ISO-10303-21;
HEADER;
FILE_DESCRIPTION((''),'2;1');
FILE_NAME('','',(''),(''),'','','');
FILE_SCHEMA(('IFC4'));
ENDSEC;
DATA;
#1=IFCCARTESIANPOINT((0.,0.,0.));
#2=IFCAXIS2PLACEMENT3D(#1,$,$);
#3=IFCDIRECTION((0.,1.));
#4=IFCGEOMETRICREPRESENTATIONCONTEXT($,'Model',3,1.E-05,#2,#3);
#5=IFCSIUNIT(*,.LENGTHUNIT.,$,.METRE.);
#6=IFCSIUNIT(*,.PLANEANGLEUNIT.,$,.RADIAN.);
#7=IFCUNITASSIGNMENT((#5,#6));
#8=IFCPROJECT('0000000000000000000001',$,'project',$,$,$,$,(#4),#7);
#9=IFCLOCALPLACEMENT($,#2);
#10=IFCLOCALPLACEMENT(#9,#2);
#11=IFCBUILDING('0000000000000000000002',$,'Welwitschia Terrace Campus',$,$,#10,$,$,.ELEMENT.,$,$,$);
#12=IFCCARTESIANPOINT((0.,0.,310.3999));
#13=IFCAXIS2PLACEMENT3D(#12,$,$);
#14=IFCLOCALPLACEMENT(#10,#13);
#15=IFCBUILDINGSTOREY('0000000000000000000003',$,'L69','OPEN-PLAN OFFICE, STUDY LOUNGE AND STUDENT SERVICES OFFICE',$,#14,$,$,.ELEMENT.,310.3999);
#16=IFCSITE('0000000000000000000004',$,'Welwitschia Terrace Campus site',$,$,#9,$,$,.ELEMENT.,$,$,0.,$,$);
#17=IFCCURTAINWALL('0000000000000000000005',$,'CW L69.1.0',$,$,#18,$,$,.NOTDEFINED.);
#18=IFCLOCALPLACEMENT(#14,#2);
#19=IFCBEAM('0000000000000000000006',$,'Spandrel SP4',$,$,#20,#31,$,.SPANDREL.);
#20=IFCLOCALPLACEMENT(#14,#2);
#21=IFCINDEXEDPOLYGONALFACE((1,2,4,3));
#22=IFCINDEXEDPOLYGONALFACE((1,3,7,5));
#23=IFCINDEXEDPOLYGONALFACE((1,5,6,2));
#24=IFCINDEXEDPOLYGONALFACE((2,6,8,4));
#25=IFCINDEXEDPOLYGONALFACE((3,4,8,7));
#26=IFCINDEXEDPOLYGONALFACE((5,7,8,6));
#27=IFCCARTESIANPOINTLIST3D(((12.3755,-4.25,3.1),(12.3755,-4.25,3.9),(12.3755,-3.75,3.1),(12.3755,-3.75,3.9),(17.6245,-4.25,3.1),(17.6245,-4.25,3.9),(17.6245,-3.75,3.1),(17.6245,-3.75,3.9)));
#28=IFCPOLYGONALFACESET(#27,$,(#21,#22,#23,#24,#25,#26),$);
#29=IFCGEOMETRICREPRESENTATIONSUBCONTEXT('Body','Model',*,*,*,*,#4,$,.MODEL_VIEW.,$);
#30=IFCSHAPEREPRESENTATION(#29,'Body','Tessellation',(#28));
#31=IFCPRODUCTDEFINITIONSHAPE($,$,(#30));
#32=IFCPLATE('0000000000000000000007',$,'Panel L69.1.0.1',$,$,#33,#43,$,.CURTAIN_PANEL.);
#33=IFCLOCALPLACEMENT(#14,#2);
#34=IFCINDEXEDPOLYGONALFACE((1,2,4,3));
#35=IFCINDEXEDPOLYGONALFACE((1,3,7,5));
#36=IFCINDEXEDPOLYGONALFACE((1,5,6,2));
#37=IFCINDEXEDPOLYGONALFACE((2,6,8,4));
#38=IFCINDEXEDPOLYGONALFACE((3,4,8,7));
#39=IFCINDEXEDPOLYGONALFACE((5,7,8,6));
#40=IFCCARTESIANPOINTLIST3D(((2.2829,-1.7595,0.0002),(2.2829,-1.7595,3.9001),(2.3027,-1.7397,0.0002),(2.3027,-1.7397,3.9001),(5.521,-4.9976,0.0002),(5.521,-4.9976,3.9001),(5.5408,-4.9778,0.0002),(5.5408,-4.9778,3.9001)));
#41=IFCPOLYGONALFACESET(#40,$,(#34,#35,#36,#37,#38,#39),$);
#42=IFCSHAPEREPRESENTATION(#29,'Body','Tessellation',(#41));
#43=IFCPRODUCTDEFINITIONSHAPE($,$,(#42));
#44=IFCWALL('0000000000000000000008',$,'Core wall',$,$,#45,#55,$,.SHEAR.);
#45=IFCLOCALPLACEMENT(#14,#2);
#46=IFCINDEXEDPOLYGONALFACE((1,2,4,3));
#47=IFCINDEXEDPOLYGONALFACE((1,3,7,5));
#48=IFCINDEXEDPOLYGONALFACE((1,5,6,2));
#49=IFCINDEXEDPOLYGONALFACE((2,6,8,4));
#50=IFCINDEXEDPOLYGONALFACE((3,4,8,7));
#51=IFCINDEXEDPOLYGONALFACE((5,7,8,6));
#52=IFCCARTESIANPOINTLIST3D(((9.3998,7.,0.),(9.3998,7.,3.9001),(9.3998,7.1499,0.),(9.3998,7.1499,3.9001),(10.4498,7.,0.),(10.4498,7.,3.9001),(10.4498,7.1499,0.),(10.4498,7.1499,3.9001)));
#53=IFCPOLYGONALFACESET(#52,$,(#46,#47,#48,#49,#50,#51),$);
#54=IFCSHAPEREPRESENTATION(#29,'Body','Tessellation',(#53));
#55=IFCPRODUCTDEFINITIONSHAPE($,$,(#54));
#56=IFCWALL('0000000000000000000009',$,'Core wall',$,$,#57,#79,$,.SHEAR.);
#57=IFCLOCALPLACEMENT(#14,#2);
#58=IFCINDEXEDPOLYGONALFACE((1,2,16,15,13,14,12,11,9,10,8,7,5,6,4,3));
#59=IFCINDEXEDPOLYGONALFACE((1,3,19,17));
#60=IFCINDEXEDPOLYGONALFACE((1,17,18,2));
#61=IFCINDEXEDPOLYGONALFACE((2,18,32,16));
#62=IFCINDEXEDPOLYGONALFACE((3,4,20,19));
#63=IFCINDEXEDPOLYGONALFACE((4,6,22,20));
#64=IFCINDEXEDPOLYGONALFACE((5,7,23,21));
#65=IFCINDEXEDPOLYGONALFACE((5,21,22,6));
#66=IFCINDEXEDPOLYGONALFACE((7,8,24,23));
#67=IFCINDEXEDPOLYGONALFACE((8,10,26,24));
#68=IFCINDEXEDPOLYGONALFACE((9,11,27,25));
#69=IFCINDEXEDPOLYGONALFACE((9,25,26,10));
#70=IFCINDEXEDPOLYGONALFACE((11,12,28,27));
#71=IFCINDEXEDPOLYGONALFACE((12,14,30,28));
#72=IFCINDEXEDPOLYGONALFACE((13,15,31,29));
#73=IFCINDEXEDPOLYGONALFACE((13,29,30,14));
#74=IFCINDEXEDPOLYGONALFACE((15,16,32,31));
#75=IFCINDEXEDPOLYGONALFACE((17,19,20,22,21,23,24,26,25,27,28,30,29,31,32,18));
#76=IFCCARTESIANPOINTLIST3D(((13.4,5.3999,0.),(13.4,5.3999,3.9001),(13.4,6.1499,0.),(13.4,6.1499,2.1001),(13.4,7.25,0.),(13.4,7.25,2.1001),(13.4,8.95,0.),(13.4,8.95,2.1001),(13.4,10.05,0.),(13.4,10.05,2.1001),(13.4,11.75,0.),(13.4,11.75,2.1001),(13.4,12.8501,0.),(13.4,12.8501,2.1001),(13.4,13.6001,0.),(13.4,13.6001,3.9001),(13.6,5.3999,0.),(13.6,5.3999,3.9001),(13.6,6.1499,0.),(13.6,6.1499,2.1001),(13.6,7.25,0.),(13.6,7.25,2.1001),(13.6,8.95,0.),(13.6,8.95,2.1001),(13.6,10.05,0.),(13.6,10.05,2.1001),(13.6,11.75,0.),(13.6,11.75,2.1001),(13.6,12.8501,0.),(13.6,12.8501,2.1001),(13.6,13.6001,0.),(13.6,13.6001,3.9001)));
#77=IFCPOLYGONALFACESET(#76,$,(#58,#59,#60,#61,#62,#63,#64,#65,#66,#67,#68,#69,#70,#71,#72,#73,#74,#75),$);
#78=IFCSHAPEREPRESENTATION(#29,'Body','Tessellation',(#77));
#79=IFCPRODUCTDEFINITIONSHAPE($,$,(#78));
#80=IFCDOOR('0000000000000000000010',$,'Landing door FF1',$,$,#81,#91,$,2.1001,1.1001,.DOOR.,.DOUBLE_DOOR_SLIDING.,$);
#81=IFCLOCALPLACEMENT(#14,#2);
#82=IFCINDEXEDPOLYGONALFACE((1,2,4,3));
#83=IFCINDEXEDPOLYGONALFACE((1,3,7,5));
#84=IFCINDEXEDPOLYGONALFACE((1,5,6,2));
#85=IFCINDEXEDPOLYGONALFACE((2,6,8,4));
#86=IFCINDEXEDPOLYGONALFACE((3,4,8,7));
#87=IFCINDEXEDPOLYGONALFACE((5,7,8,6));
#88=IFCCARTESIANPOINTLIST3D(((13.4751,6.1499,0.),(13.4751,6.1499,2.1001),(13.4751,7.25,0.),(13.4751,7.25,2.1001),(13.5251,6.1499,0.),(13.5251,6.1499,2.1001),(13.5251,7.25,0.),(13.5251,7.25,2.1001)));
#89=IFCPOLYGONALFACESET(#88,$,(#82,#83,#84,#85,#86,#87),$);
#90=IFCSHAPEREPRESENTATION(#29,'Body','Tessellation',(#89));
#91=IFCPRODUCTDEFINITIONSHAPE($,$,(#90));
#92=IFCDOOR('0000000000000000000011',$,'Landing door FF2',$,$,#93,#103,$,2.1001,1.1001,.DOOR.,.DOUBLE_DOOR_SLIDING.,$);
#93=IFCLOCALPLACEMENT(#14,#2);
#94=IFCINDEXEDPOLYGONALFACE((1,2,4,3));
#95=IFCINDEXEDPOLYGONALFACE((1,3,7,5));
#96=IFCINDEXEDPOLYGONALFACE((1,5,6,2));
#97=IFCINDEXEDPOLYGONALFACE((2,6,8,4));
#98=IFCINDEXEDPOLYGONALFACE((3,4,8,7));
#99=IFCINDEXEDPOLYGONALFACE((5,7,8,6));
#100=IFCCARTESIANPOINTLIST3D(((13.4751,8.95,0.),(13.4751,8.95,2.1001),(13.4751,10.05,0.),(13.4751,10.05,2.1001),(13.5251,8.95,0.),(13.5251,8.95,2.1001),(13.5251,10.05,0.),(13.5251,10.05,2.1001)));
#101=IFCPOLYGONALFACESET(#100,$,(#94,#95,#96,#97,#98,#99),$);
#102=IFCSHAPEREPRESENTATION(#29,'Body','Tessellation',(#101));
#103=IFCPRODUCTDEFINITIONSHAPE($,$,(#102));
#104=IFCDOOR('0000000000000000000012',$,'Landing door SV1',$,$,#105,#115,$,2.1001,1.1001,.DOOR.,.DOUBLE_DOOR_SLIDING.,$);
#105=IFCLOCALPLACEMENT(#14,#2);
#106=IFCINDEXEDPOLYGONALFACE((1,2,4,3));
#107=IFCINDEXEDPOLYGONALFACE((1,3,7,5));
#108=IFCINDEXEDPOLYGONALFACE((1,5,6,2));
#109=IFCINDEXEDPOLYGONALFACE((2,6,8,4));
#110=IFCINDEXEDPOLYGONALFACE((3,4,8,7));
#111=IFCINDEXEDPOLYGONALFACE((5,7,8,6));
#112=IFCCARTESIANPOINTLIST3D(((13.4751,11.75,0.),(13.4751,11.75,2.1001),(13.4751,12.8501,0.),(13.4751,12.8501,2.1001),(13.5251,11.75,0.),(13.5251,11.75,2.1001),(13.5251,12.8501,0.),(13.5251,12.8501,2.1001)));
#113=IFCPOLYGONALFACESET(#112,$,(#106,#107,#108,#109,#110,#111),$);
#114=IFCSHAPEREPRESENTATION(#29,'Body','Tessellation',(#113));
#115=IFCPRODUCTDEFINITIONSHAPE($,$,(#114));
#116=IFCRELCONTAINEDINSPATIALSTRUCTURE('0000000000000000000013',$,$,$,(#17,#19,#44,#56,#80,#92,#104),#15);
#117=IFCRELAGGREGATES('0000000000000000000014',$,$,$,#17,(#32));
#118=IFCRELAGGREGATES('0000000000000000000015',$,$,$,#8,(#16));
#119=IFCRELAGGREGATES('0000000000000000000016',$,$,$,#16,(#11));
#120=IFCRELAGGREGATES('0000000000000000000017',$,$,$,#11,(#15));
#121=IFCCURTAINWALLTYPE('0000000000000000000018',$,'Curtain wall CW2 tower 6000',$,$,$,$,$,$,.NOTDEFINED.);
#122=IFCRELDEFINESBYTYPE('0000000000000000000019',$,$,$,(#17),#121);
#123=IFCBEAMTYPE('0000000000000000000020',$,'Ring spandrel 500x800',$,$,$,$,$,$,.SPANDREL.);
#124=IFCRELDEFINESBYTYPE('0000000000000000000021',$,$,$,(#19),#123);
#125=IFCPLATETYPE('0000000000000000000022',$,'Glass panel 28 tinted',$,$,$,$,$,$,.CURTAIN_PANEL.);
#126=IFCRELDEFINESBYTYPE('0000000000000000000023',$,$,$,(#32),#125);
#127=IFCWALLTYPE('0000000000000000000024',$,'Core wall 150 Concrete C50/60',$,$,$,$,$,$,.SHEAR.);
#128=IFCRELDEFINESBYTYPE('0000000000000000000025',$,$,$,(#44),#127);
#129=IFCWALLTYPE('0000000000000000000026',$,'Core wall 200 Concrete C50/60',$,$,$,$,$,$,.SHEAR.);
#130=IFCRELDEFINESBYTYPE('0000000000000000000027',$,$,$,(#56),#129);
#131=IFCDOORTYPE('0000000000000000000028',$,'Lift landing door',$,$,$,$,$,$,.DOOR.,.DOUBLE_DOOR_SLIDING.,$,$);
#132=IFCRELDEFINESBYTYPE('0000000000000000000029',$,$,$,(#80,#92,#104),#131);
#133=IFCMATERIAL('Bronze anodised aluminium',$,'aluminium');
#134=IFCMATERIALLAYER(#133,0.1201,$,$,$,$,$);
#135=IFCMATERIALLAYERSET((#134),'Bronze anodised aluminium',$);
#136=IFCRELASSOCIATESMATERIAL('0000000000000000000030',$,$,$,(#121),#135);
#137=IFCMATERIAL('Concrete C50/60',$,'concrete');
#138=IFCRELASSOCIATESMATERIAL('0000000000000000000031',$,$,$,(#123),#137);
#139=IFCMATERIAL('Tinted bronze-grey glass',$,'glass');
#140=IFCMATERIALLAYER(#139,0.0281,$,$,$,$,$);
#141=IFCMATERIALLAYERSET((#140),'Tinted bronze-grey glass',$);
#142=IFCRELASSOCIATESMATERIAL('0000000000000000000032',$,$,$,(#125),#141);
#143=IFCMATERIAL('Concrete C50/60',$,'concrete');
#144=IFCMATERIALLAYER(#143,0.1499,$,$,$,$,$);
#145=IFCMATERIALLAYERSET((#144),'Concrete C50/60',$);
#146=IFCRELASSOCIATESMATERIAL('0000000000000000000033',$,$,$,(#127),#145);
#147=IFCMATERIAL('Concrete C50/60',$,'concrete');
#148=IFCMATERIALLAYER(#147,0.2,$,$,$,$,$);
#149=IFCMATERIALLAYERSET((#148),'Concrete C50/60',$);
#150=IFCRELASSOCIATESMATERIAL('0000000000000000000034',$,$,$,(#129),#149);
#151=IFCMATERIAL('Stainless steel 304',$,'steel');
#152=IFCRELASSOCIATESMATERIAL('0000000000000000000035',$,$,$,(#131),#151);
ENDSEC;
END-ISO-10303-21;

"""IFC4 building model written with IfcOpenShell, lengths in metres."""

from ifc_helpers import new_model, si_unit, direction, frame, frame_2d, origin, origin_2d, place, context, subcontext, project, spatial, rectangle, extrude, material, layer, layer_set, material_profile, profile_set, type_object, element, fill, aggregate, save


model = new_model("IFC4")

# Units and contexts
model_context = context("Model", 3, precision=1e-05, world=origin(), true_north=direction((0.0, 1.0)))
body_context = subcontext(model_context, "Body", "Model", "MODEL_VIEW")
ifc_project = project(units=[si_unit("LENGTHUNIT", "METRE"), si_unit("PLANEANGLEUNIT", "RADIAN")], contexts=[model_context])

# Site, building, storey
site_placement = place(None, origin())
site = spatial("IfcSite", under=ifc_project, at=site_placement, Name="Welwitschia Terrace Campus site", CompositionType="ELEMENT", RefElevation=0.0)
building_placement = place(site_placement, origin())
building = spatial("IfcBuilding", under=site, at=building_placement, Name="Welwitschia Terrace Campus", CompositionType="ELEMENT")
storey_placement = place(building_placement, frame((0.0, 0.0, 310.3999)))
storey = spatial("IfcBuildingStorey", under=building, at=storey_placement, Name="L69", Description="OPEN-PLAN OFFICE, STUDY LOUNGE AND STUDENT SERVICES OFFICE", CompositionType="ELEMENT", Elevation=310.3999)

# Curtain wall
ifc_material_1 = material(Name="Bronze anodised aluminium", Category="aluminium")
ifc_layer_1 = layer(ifc_material_1, 0.1201)
ifc_layer_set_1 = layer_set([ifc_layer_1], Name="Bronze anodised aluminium")
curtain_wall_type = type_object("IfcCurtainWallType", Name="Curtain wall CW2 tower 6000", PredefinedType="NOTDEFINED", material=ifc_layer_set_1)
curtain_wall_placement = place(storey_placement, origin())
curtain_wall = element("IfcCurtainWall", 1, at=curtain_wall_placement, inside=storey, type_object=curtain_wall_type, Name="CW L69.1.0", PredefinedType="NOTDEFINED")

# Beam
ifc_material_2 = material(Name="Concrete C50/60", Category="concrete")
ifc_material_profile_1 = material_profile(ifc_material_2, rectangle(XDim=0.5, YDim=0.8, at=origin_2d()))
ifc_profile_set_1 = profile_set([ifc_material_profile_1], Name="Concrete C50/60")
beam_type_1 = type_object("IfcBeamType", Name="Ring spandrel 500x800", PredefinedType="SPANDREL", material=ifc_profile_set_1)
beam_1_placement = place(storey_placement, frame((12.3755, -4.0, 3.5), z_axis=(1.0, 0.0, 0.0), x_axis=(0.0, 1.0, 0.0)))
element("IfcBeam", 2, at=beam_1_placement, inside=storey, type_object=beam_type_1, Name="Spandrel SP4", PredefinedType="SPANDREL", context=body_context, shape_type="SweptSolid", body=[
    extrude(rectangle(XDim=0.5, YDim=0.8, at=origin_2d()), origin(), (0.0, 0.0, 1.0), 5.249),
])

# Plate
ifc_material_3 = material(Name="Tinted bronze-grey glass", Category="glass")
ifc_layer_2 = layer(ifc_material_3, 0.0281)
ifc_layer_set_2 = layer_set([ifc_layer_2], Name="Tinted bronze-grey glass")
plate_type = type_object("IfcPlateType", Name="Glass panel 28 tinted", PredefinedType="CURTAIN_PANEL", material=ifc_layer_set_2)
plate_placement = place(storey_placement, frame((3.9119, -3.3687, 0.0002), z_axis=(0.0, 0.0, 1.0), x_axis=(0.707107, -0.707107, 0.0)))
plate = element("IfcPlate", 3, at=plate_placement, type_object=plate_type, Name="Panel L69.1.0.1", PredefinedType="CURTAIN_PANEL", context=body_context, shape_type="SweptSolid", body=[
    extrude(rectangle(XDim=4.5793, YDim=0.0281, at=origin_2d()), origin(), (0.0, 0.0, 1.0), 3.8999),
])
aggregate(curtain_wall, [plate])

# Wall
ifc_material_4 = material(Name="Concrete C50/60", Category="concrete")
ifc_layer_3 = layer(ifc_material_4, 0.1499)
ifc_layer_set_3 = layer_set([ifc_layer_3], Name="Concrete C50/60")
wall_type_1 = type_object("IfcWallType", Name="Core wall 150 Concrete C50/60", PredefinedType="SHEAR", material=ifc_layer_set_3)
wall_1_placement = place(storey_placement, frame((9.3999, 7.075, 0.0), z_axis=(0.0, 0.0, 1.0), x_axis=(1.0, 0.0, 0.0)))
element("IfcWall", 4, at=wall_1_placement, inside=storey, type_object=wall_type_1, Name="Core wall", PredefinedType="SHEAR", context=body_context, shape_type="SweptSolid", body=[
    extrude(rectangle(XDim=1.05, YDim=0.1499, at=frame_2d((0.5249, 0.0))), origin(), (0.0, 0.0, 1.0), 3.9001),
])

# Wall, openings, doors
ifc_material_5 = material(Name="Concrete C50/60", Category="concrete")
ifc_layer_4 = layer(ifc_material_5, 0.2)
ifc_layer_set_4 = layer_set([ifc_layer_4], Name="Concrete C50/60")
wall_type_2 = type_object("IfcWallType", Name="Core wall 200 Concrete C50/60", PredefinedType="SHEAR", material=ifc_layer_set_4)
wall_2_placement = place(storey_placement, frame((13.5, 5.3999, 0.0), z_axis=(0.0, 0.0, 1.0), x_axis=(0.0, 1.0, 0.0)))
wall_2 = element("IfcWall", 5, at=wall_2_placement, inside=storey, type_object=wall_type_2, Name="Core wall", PredefinedType="SHEAR", context=body_context, shape_type="SweptSolid", body=[
    extrude(rectangle(XDim=8.2002, YDim=0.2, at=frame_2d((4.1001, 0.0))), origin(), (0.0, 0.0, 1.0), 3.9001),
])
opening_1_placement = place(wall_2_placement, frame((0.75, 0.0, 0.0)))
opening_1 = element("IfcOpeningElement", 6, at=opening_1_placement, cuts=wall_2, PredefinedType="OPENING", context=body_context, shape_type="SweptSolid", body=[
    extrude(rectangle(XDim=1.1001, YDim=2.1001, at=frame_2d((0.55, 1.05))), frame((0.0, 0.1099, 0.0), z_axis=(0.0, -1.0, 0.0), x_axis=(1.0, 0.0, 0.0)), (0.0, 0.0, 1.0), 0.22),
])
opening_2_placement = place(wall_2_placement, frame((3.55, 0.0, 0.0)))
opening_2 = element("IfcOpeningElement", 7, at=opening_2_placement, cuts=wall_2, PredefinedType="OPENING", context=body_context, shape_type="SweptSolid", body=[
    extrude(rectangle(XDim=1.1001, YDim=2.1001, at=frame_2d((0.55, 1.05))), frame((0.0, 0.1099, 0.0), z_axis=(0.0, -1.0, 0.0), x_axis=(1.0, 0.0, 0.0)), (0.0, 0.0, 1.0), 0.22),
])
opening_3_placement = place(wall_2_placement, frame((6.3501, 0.0, 0.0)))
opening_3 = element("IfcOpeningElement", 8, at=opening_3_placement, cuts=wall_2, PredefinedType="OPENING", context=body_context, shape_type="SweptSolid", body=[
    extrude(rectangle(XDim=1.1001, YDim=2.1001, at=frame_2d((0.55, 1.05))), frame((0.0, 0.1099, 0.0), z_axis=(0.0, -1.0, 0.0), x_axis=(1.0, 0.0, 0.0)), (0.0, 0.0, 1.0), 0.22),
])
ifc_material_6 = material(Name="Stainless steel 304", Category="steel")
door_type_1 = type_object("IfcDoorType", Name="Lift landing door", OperationType="DOUBLE_DOOR_SLIDING", PredefinedType="DOOR", material=ifc_material_6)
door_1_placement = place(opening_1_placement, origin())
door_1 = element("IfcDoor", 9, at=door_1_placement, inside=storey, type_object=door_type_1, Name="Landing door FF1", OperationType="DOUBLE_DOOR_SLIDING", OverallHeight=2.1001, OverallWidth=1.1001, PredefinedType="DOOR", context=body_context, shape_type="SweptSolid", body=[
    extrude(rectangle(XDim=1.1001, YDim=2.1001, at=frame_2d((0.55, 1.05))), frame((0.0, 0.0249, 0.0), z_axis=(0.0, -1.0, 0.0), x_axis=(1.0, 0.0, 0.0)), (0.0, 0.0, 1.0), 0.05),
])
fill(opening_1, door_1)
door_2_placement = place(opening_2_placement, origin())
door_2 = element("IfcDoor", 10, at=door_2_placement, inside=storey, type_object=door_type_1, Name="Landing door FF2", OperationType="DOUBLE_DOOR_SLIDING", OverallHeight=2.1001, OverallWidth=1.1001, PredefinedType="DOOR", context=body_context, shape_type="SweptSolid", body=[
    extrude(rectangle(XDim=1.1001, YDim=2.1001, at=frame_2d((0.55, 1.05))), frame((0.0, 0.0249, 0.0), z_axis=(0.0, -1.0, 0.0), x_axis=(1.0, 0.0, 0.0)), (0.0, 0.0, 1.0), 0.05),
])
fill(opening_2, door_2)
door_3_placement = place(opening_3_placement, origin())
door_3 = element("IfcDoor", 11, at=door_3_placement, inside=storey, type_object=door_type_1, Name="Landing door SV1", OperationType="DOUBLE_DOOR_SLIDING", OverallHeight=2.1001, OverallWidth=1.1001, PredefinedType="DOOR", context=body_context, shape_type="SweptSolid", body=[
    extrude(rectangle(XDim=1.1001, YDim=2.1001, at=frame_2d((0.55, 1.05))), frame((0.0, 0.0249, 0.0), z_axis=(0.0, -1.0, 0.0), x_axis=(1.0, 0.0, 0.0)), (0.0, 0.0, 1.0), 0.05),
])
fill(opening_3, door_3)

save(model, "model.ifc")
